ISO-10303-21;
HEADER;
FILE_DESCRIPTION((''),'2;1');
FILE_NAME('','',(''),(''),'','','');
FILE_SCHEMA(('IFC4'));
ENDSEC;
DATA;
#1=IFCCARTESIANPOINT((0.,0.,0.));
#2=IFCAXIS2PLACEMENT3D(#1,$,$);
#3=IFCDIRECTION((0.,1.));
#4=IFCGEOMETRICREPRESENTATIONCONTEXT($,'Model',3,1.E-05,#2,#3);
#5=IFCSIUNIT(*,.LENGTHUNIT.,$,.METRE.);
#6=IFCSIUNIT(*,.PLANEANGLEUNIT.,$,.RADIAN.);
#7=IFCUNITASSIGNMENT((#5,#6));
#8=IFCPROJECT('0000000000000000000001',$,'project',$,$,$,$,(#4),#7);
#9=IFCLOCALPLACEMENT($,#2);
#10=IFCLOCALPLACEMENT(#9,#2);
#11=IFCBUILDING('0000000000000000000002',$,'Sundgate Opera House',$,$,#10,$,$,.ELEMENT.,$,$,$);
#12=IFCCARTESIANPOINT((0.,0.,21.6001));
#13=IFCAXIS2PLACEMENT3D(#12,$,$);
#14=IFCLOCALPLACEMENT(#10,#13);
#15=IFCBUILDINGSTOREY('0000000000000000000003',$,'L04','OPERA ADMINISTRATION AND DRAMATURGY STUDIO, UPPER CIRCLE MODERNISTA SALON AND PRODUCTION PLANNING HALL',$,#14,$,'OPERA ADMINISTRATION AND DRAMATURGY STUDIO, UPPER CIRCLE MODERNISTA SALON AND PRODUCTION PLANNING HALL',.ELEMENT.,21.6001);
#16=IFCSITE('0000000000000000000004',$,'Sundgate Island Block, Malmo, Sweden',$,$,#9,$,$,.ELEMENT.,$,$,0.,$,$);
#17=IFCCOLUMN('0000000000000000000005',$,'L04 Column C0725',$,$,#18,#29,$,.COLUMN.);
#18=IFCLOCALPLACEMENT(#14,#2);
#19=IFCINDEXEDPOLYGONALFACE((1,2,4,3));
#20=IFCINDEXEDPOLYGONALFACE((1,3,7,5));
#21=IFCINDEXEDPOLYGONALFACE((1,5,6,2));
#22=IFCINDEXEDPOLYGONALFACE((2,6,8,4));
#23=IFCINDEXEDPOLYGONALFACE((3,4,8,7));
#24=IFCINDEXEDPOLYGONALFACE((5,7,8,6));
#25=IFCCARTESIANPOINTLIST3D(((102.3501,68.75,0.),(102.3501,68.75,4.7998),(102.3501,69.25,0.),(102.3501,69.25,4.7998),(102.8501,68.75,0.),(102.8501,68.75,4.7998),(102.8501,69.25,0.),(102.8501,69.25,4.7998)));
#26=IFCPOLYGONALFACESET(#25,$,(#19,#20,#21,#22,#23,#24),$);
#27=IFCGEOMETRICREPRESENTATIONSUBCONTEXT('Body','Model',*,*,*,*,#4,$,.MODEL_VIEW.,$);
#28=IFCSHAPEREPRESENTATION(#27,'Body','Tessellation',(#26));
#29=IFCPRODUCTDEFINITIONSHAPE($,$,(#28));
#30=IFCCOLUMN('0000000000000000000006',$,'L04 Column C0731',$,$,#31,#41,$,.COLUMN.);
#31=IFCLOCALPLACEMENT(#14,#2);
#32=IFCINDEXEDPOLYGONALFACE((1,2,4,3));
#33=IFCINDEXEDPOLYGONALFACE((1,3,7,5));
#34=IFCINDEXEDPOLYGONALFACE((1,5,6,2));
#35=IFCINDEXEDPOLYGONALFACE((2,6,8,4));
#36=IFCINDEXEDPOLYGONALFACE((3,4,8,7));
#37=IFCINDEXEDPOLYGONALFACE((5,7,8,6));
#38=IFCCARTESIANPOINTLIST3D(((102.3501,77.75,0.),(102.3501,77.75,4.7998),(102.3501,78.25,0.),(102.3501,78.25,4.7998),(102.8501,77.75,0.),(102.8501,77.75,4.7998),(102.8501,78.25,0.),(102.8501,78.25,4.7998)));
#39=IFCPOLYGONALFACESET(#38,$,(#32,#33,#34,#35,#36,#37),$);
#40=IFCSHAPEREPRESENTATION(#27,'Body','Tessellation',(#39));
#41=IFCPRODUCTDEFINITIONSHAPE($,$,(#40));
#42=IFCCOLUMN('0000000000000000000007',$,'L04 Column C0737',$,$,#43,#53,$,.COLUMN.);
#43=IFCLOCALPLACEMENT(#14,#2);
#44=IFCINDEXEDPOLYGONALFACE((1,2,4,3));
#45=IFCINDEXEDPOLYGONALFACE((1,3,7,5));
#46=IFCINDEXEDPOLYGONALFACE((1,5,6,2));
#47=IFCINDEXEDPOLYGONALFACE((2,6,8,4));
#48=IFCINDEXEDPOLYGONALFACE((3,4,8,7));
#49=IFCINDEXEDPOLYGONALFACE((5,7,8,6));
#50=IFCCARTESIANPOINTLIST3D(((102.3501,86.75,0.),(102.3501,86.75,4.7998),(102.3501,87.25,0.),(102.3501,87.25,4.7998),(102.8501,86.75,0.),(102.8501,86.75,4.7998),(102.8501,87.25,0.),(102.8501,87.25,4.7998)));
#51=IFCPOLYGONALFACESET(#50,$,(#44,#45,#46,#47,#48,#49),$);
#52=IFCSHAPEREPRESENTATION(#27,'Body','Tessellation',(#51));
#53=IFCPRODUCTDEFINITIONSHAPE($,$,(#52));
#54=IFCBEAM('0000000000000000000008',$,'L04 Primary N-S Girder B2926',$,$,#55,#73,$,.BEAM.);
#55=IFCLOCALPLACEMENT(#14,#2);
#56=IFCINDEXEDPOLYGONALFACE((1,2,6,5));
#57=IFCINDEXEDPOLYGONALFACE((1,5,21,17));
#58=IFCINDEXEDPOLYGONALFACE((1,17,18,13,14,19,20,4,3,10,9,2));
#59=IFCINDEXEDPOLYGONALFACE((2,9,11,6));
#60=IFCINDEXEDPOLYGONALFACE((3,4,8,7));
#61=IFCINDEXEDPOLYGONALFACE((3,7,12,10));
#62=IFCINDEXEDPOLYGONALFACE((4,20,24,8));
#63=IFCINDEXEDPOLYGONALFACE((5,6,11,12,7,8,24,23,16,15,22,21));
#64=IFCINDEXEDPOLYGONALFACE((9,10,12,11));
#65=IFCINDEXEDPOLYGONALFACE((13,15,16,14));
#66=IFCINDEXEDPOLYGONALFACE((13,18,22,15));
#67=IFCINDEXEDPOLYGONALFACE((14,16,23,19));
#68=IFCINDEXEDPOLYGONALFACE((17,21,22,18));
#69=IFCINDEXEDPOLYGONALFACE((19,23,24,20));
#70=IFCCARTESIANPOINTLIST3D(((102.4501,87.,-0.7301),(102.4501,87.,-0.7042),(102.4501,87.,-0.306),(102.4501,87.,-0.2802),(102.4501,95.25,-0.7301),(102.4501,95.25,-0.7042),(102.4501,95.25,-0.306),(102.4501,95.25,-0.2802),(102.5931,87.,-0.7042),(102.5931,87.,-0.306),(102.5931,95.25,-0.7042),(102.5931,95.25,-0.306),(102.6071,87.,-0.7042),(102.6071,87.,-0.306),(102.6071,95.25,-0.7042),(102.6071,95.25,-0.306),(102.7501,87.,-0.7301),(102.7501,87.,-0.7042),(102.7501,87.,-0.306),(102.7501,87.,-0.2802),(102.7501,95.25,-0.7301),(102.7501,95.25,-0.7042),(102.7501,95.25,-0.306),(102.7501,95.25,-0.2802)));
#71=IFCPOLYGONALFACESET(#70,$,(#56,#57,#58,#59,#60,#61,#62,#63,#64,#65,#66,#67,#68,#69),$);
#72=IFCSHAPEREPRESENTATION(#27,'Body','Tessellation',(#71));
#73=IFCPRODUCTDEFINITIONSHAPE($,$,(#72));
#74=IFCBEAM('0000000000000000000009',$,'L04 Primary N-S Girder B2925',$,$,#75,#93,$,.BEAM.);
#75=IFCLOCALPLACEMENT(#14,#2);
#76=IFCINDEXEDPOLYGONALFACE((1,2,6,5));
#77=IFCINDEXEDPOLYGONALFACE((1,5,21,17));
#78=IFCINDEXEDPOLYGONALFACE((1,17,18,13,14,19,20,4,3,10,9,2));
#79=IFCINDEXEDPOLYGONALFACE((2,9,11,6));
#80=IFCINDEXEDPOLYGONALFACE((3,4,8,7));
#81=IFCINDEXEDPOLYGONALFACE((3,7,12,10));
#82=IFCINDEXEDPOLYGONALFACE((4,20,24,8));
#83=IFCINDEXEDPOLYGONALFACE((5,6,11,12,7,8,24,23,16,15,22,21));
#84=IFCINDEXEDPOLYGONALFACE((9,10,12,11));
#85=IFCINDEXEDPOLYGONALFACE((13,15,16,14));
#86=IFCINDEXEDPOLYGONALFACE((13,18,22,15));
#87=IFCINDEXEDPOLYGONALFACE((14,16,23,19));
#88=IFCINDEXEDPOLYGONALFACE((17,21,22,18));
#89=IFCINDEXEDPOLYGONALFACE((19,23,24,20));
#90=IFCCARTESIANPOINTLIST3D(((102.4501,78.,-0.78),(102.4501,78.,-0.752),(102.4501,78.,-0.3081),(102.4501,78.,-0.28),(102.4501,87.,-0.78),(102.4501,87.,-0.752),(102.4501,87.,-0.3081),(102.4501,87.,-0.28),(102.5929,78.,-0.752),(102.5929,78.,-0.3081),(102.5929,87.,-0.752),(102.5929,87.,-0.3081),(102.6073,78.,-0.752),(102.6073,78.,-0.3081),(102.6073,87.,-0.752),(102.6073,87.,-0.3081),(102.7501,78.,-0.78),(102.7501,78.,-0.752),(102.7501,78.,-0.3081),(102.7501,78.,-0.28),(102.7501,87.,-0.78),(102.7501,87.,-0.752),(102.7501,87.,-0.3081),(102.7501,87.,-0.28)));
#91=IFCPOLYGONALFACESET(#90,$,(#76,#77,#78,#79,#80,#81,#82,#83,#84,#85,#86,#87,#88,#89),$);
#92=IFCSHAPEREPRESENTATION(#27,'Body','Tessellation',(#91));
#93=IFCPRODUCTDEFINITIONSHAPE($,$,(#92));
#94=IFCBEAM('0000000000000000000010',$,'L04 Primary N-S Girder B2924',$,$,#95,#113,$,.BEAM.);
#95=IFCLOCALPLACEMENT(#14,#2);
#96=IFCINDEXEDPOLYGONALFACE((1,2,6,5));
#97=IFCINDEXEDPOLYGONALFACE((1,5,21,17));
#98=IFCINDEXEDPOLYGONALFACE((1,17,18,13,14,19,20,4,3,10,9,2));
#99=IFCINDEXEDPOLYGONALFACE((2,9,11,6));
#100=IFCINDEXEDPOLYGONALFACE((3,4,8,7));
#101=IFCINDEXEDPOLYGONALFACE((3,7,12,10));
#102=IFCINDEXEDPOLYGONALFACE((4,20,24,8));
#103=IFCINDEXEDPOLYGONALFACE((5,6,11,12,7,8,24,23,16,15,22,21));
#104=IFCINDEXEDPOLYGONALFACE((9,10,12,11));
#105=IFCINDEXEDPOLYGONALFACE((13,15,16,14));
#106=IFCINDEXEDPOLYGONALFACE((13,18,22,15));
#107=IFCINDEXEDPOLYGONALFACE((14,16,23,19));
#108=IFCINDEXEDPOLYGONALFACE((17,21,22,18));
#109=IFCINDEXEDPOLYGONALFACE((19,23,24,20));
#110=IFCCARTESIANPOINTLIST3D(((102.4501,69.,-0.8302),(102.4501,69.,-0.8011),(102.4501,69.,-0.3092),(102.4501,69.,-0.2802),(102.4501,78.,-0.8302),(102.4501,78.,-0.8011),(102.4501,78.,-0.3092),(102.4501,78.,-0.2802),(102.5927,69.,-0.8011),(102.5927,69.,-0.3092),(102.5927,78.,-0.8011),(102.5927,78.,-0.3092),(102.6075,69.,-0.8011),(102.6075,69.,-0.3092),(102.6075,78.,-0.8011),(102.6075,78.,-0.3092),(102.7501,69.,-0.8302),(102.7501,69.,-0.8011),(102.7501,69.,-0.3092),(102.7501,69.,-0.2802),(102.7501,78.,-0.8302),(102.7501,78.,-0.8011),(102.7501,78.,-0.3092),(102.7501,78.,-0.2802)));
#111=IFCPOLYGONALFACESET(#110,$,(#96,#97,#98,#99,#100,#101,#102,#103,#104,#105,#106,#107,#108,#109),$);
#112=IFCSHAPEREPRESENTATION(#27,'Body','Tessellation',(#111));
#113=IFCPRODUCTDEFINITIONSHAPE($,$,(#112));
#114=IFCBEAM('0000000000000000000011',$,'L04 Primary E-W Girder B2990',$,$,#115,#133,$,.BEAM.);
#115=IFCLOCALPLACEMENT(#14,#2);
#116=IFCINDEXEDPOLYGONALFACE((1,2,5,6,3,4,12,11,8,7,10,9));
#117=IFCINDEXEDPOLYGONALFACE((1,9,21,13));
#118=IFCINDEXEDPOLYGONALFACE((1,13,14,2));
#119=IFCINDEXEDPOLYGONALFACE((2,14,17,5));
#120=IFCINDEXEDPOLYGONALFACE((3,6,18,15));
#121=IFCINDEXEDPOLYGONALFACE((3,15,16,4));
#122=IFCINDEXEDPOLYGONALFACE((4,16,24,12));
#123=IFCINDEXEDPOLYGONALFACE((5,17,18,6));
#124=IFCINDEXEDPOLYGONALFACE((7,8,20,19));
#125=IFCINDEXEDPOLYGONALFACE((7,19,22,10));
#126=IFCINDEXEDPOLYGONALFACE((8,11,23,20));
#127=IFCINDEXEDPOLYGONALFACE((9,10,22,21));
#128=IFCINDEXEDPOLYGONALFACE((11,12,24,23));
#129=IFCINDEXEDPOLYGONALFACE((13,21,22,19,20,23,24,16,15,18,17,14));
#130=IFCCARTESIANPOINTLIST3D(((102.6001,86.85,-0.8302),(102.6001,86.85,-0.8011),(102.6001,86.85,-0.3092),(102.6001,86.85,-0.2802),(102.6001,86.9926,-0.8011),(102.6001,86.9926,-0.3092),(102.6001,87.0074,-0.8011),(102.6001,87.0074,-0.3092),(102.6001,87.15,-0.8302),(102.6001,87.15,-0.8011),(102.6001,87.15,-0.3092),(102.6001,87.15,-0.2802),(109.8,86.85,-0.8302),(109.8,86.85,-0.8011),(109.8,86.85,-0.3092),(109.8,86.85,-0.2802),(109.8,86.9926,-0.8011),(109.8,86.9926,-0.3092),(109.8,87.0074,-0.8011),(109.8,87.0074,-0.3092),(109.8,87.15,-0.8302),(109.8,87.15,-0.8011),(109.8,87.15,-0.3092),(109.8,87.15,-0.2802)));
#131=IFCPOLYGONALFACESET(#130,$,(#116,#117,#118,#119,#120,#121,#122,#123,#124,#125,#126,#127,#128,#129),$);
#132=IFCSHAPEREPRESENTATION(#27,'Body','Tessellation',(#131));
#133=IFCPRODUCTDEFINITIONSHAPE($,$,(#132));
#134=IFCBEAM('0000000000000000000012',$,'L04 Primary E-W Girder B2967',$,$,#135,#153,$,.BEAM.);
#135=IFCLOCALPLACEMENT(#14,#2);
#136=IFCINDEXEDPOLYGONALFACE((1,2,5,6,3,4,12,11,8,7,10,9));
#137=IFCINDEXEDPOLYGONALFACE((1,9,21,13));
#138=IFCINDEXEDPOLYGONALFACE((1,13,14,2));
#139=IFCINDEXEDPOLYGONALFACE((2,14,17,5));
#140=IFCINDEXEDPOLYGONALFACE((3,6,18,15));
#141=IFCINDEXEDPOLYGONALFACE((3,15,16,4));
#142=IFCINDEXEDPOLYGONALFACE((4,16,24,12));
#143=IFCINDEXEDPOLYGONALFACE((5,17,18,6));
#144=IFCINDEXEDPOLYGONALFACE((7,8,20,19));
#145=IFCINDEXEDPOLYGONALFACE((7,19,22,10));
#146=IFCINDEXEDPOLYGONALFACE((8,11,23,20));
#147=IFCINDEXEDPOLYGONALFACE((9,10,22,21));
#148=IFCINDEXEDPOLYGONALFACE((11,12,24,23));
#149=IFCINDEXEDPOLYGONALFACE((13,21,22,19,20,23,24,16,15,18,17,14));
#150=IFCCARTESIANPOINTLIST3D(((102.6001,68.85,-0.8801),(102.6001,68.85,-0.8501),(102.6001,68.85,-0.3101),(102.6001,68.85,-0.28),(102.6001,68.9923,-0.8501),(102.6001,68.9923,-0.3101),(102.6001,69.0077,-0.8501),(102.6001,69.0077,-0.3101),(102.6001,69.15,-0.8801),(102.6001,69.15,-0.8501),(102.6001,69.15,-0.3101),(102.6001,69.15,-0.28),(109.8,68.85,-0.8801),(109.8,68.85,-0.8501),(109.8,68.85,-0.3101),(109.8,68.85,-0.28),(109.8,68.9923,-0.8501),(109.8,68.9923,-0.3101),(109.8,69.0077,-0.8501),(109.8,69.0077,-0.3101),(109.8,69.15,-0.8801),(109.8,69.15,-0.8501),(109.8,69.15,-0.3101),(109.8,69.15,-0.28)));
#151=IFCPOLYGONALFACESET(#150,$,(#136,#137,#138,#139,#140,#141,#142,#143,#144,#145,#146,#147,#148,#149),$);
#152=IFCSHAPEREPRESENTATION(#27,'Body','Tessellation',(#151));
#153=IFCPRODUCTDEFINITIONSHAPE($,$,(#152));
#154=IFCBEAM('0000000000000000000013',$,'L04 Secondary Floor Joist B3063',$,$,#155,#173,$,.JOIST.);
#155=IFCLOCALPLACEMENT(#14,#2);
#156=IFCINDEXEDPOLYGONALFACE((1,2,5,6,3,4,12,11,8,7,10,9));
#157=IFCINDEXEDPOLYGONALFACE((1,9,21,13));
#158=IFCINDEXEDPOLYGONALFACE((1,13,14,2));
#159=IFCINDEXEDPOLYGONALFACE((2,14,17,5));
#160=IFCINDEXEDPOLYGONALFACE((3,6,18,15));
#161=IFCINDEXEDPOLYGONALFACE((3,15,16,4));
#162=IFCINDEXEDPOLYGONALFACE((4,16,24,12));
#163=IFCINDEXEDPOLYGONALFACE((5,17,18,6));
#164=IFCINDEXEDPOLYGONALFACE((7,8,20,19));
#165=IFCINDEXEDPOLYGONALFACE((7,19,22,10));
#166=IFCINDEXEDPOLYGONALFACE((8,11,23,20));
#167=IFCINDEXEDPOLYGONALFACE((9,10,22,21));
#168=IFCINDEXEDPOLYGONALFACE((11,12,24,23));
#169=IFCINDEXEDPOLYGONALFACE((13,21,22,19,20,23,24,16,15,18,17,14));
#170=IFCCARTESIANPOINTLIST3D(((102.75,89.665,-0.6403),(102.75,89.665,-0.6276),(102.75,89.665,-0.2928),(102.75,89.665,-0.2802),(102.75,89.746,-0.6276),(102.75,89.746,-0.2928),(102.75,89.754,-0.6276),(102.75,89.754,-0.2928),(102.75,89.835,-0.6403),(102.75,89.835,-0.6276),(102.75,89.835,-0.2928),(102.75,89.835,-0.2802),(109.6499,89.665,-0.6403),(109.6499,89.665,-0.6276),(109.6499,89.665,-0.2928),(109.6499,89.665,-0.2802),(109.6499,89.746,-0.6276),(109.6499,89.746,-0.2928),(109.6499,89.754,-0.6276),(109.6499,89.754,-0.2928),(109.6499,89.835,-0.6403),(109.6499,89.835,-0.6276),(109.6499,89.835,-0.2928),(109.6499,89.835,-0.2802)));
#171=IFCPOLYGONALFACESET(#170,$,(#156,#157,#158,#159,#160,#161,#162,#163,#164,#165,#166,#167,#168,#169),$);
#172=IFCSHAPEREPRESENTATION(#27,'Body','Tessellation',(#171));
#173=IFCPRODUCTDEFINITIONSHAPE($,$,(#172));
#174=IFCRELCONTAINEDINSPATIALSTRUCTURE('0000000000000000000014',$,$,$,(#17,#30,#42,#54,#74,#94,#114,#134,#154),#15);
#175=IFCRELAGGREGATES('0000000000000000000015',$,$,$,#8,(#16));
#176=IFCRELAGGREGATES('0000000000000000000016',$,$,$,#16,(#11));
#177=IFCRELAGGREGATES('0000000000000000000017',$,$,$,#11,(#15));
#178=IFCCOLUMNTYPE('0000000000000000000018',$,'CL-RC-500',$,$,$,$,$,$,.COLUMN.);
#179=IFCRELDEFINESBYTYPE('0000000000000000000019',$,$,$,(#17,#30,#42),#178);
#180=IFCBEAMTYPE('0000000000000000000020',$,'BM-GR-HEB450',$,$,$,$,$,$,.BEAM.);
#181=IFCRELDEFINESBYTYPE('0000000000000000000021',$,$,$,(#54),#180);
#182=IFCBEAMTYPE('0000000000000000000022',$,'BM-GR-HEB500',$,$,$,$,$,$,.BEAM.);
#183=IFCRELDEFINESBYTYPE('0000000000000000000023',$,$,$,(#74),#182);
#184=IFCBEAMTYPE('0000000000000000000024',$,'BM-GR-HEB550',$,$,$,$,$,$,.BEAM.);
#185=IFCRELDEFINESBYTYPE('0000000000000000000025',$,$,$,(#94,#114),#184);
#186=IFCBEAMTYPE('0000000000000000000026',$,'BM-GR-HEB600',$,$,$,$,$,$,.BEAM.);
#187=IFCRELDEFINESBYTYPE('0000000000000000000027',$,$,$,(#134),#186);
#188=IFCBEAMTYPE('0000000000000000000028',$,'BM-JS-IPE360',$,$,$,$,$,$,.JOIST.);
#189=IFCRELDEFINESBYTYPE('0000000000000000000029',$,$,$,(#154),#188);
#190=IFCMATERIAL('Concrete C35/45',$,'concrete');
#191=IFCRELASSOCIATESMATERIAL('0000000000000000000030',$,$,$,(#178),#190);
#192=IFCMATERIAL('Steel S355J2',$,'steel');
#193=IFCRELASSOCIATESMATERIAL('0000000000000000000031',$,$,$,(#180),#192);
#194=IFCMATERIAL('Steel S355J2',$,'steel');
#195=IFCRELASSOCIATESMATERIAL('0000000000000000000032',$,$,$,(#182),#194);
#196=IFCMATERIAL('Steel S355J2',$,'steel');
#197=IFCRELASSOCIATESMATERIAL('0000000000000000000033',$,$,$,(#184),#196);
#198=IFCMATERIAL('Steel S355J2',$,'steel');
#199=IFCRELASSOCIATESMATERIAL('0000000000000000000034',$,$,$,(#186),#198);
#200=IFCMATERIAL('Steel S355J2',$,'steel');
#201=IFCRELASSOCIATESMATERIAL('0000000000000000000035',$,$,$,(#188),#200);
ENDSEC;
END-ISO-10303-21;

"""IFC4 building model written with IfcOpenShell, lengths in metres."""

from ifc_helpers import new_model, si_unit, direction, frame, origin, origin_2d, place, context, subcontext, project, spatial, rectangle, i_section, extrude, material, material_profile, profile_set, type_object, element, save


model = new_model("IFC4")

# Units and contexts
model_context = context("Model", 3, precision=1e-05, world=origin(), true_north=direction((0.0, 1.0)))
body_context = subcontext(model_context, "Body", "Model", "MODEL_VIEW")
ifc_project = project(units=[si_unit("LENGTHUNIT", "METRE"), si_unit("PLANEANGLEUNIT", "RADIAN")], contexts=[model_context])

# Site, building, storey
site_placement = place(None, origin())
site = spatial("IfcSite", under=ifc_project, at=site_placement, Name="Sundgate Island Block, Malmo, Sweden", CompositionType="ELEMENT", RefElevation=0.0)
building_placement = place(site_placement, origin())
building = spatial("IfcBuilding", under=site, at=building_placement, Name="Sundgate Opera House", CompositionType="ELEMENT")
storey_placement = place(building_placement, frame((0.0, 0.0, 21.6001)))
storey = spatial("IfcBuildingStorey", under=building, at=storey_placement, Name="L04", Description="OPERA ADMINISTRATION AND DRAMATURGY STUDIO, UPPER CIRCLE MODERNISTA SALON AND PRODUCTION PLANNING HALL", LongName="OPERA ADMINISTRATION AND DRAMATURGY STUDIO, UPPER CIRCLE MODERNISTA SALON AND PRODUCTION PLANNING HALL", CompositionType="ELEMENT", Elevation=21.6001)

# Columns
ifc_material_1 = material(Name="Concrete C35/45", Category="concrete")
ifc_material_profile_1 = material_profile(ifc_material_1, rectangle(XDim=0.5, YDim=0.5, at=origin_2d()), Name="RC 500x500")
ifc_profile_set_1 = profile_set([ifc_material_profile_1], Name="Concrete C35/45")
column_type = type_object("IfcColumnType", Name="CL-RC-500", PredefinedType="COLUMN", material=ifc_profile_set_1)
for number, where, z_axis, x_axis, name in (
    (1, (102.6001, 69.0, 0.0), (0.0, 0.0, 1.0), (1.0, 0.0, 0.0), "L04 Column C0725"),
    (2, (102.6001, 78.0, 0.0), (0.0, 0.0, 1.0), (1.0, 0.0, 0.0), "L04 Column C0731"),
    (3, (102.6001, 87.0, 0.0), (0.0, 0.0, 1.0), (1.0, 0.0, 0.0), "L04 Column C0737"),
):
    element("IfcColumn", number, at=place(storey_placement, frame(where, z_axis=z_axis, x_axis=x_axis)), inside=storey, type_object=column_type, Name=name, PredefinedType="COLUMN", context=body_context, shape_type="SweptSolid", body=[
        extrude(rectangle(XDim=0.5, YDim=0.5, at=origin_2d()), origin(), (0.0, 0.0, 1.0), 4.7998),
    ])

# Beams
ifc_material_2 = material(Name="Steel S355J2", Category="steel")
ifc_material_profile_2 = material_profile(ifc_material_2, i_section(OverallWidth=0.3, OverallDepth=0.45, WebThickness=0.0139, FlangeThickness=0.0259, at=origin_2d()), Name="HEB 450")
ifc_profile_set_2 = profile_set([ifc_material_profile_2], Name="Steel S355J2")
beam_type_1 = type_object("IfcBeamType", Name="BM-GR-HEB450", PredefinedType="BEAM", material=ifc_profile_set_2)
beam_1_placement = place(storey_placement, frame((102.6001, 87.0, -0.5051), z_axis=(0.0, 1.0, 0.0), x_axis=(-1.0, 0.0, 0.0)))
element("IfcBeam", 4, at=beam_1_placement, inside=storey, type_object=beam_type_1, Name="L04 Primary N-S Girder B2926", PredefinedType="BEAM", context=body_context, shape_type="SweptSolid", body=[
    extrude(i_section(OverallWidth=0.3, OverallDepth=0.45, WebThickness=0.0139, FlangeThickness=0.0259, at=origin_2d()), origin(), (0.0, 0.0, 1.0), 8.25),
])
ifc_material_3 = material(Name="Steel S355J2", Category="steel")
ifc_material_profile_3 = material_profile(ifc_material_3, i_section(OverallWidth=0.3, OverallDepth=0.5, WebThickness=0.0144, FlangeThickness=0.0281, at=origin_2d()), Name="HEB 500")
ifc_profile_set_3 = profile_set([ifc_material_profile_3], Name="Steel S355J2")
beam_type_2 = type_object("IfcBeamType", Name="BM-GR-HEB500", PredefinedType="BEAM", material=ifc_profile_set_3)
beam_2_placement = place(storey_placement, frame((102.6001, 78.0, -0.53), z_axis=(0.0, 1.0, 0.0), x_axis=(-1.0, 0.0, 0.0)))
element("IfcBeam", 5, at=beam_2_placement, inside=storey, type_object=beam_type_2, Name="L04 Primary N-S Girder B2925", PredefinedType="BEAM", context=body_context, shape_type="SweptSolid", body=[
    extrude(i_section(OverallWidth=0.3, OverallDepth=0.5, WebThickness=0.0144, FlangeThickness=0.0281, at=origin_2d()), origin(), (0.0, 0.0, 1.0), 9.0),
])
ifc_material_4 = material(Name="Steel S355J2", Category="steel")
ifc_material_profile_4 = material_profile(ifc_material_4, i_section(OverallWidth=0.3, OverallDepth=0.55, WebThickness=0.0149, FlangeThickness=0.0291, at=origin_2d()), Name="HEB 550")
ifc_profile_set_4 = profile_set([ifc_material_profile_4], Name="Steel S355J2")
beam_type_3 = type_object("IfcBeamType", Name="BM-GR-HEB550", PredefinedType="BEAM", material=ifc_profile_set_4)
beam_3_placement = place(storey_placement, frame((102.6001, 69.0, -0.5552), z_axis=(0.0, 1.0, 0.0), x_axis=(-1.0, 0.0, 0.0)))
element("IfcBeam", 6, at=beam_3_placement, inside=storey, type_object=beam_type_3, Name="L04 Primary N-S Girder B2924", PredefinedType="BEAM", context=body_context, shape_type="SweptSolid", body=[
    extrude(i_section(OverallWidth=0.3, OverallDepth=0.55, WebThickness=0.0149, FlangeThickness=0.0291, at=origin_2d()), origin(), (0.0, 0.0, 1.0), 9.0),
])
beam_4_placement = place(storey_placement, frame((102.6001, 87.0, -0.5552), z_axis=(1.0, 0.0, 0.0), x_axis=(0.0, 1.0, 0.0)))
element("IfcBeam", 7, at=beam_4_placement, inside=storey, type_object=beam_type_3, Name="L04 Primary E-W Girder B2990", PredefinedType="BEAM", context=body_context, shape_type="SweptSolid", body=[
    extrude(i_section(OverallWidth=0.3, OverallDepth=0.55, WebThickness=0.0149, FlangeThickness=0.0291, at=origin_2d()), origin(), (0.0, 0.0, 1.0), 7.2),
])
ifc_material_5 = material(Name="Steel S355J2", Category="steel")
ifc_material_profile_5 = material_profile(ifc_material_5, i_section(OverallWidth=0.3, OverallDepth=0.6001, WebThickness=0.0154, FlangeThickness=0.03, at=origin_2d()), Name="HEB 600")
ifc_profile_set_5 = profile_set([ifc_material_profile_5], Name="Steel S355J2")
beam_type_4 = type_object("IfcBeamType", Name="BM-GR-HEB600", PredefinedType="BEAM", material=ifc_profile_set_5)
beam_5_placement = place(storey_placement, frame((102.6001, 69.0, -0.5801), z_axis=(1.0, 0.0, 0.0), x_axis=(0.0, 1.0, 0.0)))
element("IfcBeam", 8, at=beam_5_placement, inside=storey, type_object=beam_type_4, Name="L04 Primary E-W Girder B2967", PredefinedType="BEAM", context=body_context, shape_type="SweptSolid", body=[
    extrude(i_section(OverallWidth=0.3, OverallDepth=0.6001, WebThickness=0.0154, FlangeThickness=0.03, at=origin_2d()), origin(), (0.0, 0.0, 1.0), 7.2),
])
ifc_material_6 = material(Name="Steel S355J2", Category="steel")
ifc_material_profile_6 = material_profile(ifc_material_6, i_section(OverallWidth=0.1699, OverallDepth=0.3601, WebThickness=0.0081, FlangeThickness=0.0127, at=origin_2d()), Name="IPE 360")
ifc_profile_set_6 = profile_set([ifc_material_profile_6], Name="Steel S355J2")
beam_type_5 = type_object("IfcBeamType", Name="BM-JS-IPE360", PredefinedType="JOIST", material=ifc_profile_set_6)
beam_6_placement = place(storey_placement, frame((102.75, 89.75, -0.4602), z_axis=(1.0, 0.0, 0.0), x_axis=(0.0, 1.0, 0.0)))
element("IfcBeam", 9, at=beam_6_placement, inside=storey, type_object=beam_type_5, Name="L04 Secondary Floor Joist B3063", PredefinedType="JOIST", context=body_context, shape_type="SweptSolid", body=[
    extrude(i_section(OverallWidth=0.1699, OverallDepth=0.3601, WebThickness=0.0081, FlangeThickness=0.0127, at=origin_2d()), origin(), (0.0, 0.0, 1.0), 6.8999),
])

save(model, "model.ifc")
